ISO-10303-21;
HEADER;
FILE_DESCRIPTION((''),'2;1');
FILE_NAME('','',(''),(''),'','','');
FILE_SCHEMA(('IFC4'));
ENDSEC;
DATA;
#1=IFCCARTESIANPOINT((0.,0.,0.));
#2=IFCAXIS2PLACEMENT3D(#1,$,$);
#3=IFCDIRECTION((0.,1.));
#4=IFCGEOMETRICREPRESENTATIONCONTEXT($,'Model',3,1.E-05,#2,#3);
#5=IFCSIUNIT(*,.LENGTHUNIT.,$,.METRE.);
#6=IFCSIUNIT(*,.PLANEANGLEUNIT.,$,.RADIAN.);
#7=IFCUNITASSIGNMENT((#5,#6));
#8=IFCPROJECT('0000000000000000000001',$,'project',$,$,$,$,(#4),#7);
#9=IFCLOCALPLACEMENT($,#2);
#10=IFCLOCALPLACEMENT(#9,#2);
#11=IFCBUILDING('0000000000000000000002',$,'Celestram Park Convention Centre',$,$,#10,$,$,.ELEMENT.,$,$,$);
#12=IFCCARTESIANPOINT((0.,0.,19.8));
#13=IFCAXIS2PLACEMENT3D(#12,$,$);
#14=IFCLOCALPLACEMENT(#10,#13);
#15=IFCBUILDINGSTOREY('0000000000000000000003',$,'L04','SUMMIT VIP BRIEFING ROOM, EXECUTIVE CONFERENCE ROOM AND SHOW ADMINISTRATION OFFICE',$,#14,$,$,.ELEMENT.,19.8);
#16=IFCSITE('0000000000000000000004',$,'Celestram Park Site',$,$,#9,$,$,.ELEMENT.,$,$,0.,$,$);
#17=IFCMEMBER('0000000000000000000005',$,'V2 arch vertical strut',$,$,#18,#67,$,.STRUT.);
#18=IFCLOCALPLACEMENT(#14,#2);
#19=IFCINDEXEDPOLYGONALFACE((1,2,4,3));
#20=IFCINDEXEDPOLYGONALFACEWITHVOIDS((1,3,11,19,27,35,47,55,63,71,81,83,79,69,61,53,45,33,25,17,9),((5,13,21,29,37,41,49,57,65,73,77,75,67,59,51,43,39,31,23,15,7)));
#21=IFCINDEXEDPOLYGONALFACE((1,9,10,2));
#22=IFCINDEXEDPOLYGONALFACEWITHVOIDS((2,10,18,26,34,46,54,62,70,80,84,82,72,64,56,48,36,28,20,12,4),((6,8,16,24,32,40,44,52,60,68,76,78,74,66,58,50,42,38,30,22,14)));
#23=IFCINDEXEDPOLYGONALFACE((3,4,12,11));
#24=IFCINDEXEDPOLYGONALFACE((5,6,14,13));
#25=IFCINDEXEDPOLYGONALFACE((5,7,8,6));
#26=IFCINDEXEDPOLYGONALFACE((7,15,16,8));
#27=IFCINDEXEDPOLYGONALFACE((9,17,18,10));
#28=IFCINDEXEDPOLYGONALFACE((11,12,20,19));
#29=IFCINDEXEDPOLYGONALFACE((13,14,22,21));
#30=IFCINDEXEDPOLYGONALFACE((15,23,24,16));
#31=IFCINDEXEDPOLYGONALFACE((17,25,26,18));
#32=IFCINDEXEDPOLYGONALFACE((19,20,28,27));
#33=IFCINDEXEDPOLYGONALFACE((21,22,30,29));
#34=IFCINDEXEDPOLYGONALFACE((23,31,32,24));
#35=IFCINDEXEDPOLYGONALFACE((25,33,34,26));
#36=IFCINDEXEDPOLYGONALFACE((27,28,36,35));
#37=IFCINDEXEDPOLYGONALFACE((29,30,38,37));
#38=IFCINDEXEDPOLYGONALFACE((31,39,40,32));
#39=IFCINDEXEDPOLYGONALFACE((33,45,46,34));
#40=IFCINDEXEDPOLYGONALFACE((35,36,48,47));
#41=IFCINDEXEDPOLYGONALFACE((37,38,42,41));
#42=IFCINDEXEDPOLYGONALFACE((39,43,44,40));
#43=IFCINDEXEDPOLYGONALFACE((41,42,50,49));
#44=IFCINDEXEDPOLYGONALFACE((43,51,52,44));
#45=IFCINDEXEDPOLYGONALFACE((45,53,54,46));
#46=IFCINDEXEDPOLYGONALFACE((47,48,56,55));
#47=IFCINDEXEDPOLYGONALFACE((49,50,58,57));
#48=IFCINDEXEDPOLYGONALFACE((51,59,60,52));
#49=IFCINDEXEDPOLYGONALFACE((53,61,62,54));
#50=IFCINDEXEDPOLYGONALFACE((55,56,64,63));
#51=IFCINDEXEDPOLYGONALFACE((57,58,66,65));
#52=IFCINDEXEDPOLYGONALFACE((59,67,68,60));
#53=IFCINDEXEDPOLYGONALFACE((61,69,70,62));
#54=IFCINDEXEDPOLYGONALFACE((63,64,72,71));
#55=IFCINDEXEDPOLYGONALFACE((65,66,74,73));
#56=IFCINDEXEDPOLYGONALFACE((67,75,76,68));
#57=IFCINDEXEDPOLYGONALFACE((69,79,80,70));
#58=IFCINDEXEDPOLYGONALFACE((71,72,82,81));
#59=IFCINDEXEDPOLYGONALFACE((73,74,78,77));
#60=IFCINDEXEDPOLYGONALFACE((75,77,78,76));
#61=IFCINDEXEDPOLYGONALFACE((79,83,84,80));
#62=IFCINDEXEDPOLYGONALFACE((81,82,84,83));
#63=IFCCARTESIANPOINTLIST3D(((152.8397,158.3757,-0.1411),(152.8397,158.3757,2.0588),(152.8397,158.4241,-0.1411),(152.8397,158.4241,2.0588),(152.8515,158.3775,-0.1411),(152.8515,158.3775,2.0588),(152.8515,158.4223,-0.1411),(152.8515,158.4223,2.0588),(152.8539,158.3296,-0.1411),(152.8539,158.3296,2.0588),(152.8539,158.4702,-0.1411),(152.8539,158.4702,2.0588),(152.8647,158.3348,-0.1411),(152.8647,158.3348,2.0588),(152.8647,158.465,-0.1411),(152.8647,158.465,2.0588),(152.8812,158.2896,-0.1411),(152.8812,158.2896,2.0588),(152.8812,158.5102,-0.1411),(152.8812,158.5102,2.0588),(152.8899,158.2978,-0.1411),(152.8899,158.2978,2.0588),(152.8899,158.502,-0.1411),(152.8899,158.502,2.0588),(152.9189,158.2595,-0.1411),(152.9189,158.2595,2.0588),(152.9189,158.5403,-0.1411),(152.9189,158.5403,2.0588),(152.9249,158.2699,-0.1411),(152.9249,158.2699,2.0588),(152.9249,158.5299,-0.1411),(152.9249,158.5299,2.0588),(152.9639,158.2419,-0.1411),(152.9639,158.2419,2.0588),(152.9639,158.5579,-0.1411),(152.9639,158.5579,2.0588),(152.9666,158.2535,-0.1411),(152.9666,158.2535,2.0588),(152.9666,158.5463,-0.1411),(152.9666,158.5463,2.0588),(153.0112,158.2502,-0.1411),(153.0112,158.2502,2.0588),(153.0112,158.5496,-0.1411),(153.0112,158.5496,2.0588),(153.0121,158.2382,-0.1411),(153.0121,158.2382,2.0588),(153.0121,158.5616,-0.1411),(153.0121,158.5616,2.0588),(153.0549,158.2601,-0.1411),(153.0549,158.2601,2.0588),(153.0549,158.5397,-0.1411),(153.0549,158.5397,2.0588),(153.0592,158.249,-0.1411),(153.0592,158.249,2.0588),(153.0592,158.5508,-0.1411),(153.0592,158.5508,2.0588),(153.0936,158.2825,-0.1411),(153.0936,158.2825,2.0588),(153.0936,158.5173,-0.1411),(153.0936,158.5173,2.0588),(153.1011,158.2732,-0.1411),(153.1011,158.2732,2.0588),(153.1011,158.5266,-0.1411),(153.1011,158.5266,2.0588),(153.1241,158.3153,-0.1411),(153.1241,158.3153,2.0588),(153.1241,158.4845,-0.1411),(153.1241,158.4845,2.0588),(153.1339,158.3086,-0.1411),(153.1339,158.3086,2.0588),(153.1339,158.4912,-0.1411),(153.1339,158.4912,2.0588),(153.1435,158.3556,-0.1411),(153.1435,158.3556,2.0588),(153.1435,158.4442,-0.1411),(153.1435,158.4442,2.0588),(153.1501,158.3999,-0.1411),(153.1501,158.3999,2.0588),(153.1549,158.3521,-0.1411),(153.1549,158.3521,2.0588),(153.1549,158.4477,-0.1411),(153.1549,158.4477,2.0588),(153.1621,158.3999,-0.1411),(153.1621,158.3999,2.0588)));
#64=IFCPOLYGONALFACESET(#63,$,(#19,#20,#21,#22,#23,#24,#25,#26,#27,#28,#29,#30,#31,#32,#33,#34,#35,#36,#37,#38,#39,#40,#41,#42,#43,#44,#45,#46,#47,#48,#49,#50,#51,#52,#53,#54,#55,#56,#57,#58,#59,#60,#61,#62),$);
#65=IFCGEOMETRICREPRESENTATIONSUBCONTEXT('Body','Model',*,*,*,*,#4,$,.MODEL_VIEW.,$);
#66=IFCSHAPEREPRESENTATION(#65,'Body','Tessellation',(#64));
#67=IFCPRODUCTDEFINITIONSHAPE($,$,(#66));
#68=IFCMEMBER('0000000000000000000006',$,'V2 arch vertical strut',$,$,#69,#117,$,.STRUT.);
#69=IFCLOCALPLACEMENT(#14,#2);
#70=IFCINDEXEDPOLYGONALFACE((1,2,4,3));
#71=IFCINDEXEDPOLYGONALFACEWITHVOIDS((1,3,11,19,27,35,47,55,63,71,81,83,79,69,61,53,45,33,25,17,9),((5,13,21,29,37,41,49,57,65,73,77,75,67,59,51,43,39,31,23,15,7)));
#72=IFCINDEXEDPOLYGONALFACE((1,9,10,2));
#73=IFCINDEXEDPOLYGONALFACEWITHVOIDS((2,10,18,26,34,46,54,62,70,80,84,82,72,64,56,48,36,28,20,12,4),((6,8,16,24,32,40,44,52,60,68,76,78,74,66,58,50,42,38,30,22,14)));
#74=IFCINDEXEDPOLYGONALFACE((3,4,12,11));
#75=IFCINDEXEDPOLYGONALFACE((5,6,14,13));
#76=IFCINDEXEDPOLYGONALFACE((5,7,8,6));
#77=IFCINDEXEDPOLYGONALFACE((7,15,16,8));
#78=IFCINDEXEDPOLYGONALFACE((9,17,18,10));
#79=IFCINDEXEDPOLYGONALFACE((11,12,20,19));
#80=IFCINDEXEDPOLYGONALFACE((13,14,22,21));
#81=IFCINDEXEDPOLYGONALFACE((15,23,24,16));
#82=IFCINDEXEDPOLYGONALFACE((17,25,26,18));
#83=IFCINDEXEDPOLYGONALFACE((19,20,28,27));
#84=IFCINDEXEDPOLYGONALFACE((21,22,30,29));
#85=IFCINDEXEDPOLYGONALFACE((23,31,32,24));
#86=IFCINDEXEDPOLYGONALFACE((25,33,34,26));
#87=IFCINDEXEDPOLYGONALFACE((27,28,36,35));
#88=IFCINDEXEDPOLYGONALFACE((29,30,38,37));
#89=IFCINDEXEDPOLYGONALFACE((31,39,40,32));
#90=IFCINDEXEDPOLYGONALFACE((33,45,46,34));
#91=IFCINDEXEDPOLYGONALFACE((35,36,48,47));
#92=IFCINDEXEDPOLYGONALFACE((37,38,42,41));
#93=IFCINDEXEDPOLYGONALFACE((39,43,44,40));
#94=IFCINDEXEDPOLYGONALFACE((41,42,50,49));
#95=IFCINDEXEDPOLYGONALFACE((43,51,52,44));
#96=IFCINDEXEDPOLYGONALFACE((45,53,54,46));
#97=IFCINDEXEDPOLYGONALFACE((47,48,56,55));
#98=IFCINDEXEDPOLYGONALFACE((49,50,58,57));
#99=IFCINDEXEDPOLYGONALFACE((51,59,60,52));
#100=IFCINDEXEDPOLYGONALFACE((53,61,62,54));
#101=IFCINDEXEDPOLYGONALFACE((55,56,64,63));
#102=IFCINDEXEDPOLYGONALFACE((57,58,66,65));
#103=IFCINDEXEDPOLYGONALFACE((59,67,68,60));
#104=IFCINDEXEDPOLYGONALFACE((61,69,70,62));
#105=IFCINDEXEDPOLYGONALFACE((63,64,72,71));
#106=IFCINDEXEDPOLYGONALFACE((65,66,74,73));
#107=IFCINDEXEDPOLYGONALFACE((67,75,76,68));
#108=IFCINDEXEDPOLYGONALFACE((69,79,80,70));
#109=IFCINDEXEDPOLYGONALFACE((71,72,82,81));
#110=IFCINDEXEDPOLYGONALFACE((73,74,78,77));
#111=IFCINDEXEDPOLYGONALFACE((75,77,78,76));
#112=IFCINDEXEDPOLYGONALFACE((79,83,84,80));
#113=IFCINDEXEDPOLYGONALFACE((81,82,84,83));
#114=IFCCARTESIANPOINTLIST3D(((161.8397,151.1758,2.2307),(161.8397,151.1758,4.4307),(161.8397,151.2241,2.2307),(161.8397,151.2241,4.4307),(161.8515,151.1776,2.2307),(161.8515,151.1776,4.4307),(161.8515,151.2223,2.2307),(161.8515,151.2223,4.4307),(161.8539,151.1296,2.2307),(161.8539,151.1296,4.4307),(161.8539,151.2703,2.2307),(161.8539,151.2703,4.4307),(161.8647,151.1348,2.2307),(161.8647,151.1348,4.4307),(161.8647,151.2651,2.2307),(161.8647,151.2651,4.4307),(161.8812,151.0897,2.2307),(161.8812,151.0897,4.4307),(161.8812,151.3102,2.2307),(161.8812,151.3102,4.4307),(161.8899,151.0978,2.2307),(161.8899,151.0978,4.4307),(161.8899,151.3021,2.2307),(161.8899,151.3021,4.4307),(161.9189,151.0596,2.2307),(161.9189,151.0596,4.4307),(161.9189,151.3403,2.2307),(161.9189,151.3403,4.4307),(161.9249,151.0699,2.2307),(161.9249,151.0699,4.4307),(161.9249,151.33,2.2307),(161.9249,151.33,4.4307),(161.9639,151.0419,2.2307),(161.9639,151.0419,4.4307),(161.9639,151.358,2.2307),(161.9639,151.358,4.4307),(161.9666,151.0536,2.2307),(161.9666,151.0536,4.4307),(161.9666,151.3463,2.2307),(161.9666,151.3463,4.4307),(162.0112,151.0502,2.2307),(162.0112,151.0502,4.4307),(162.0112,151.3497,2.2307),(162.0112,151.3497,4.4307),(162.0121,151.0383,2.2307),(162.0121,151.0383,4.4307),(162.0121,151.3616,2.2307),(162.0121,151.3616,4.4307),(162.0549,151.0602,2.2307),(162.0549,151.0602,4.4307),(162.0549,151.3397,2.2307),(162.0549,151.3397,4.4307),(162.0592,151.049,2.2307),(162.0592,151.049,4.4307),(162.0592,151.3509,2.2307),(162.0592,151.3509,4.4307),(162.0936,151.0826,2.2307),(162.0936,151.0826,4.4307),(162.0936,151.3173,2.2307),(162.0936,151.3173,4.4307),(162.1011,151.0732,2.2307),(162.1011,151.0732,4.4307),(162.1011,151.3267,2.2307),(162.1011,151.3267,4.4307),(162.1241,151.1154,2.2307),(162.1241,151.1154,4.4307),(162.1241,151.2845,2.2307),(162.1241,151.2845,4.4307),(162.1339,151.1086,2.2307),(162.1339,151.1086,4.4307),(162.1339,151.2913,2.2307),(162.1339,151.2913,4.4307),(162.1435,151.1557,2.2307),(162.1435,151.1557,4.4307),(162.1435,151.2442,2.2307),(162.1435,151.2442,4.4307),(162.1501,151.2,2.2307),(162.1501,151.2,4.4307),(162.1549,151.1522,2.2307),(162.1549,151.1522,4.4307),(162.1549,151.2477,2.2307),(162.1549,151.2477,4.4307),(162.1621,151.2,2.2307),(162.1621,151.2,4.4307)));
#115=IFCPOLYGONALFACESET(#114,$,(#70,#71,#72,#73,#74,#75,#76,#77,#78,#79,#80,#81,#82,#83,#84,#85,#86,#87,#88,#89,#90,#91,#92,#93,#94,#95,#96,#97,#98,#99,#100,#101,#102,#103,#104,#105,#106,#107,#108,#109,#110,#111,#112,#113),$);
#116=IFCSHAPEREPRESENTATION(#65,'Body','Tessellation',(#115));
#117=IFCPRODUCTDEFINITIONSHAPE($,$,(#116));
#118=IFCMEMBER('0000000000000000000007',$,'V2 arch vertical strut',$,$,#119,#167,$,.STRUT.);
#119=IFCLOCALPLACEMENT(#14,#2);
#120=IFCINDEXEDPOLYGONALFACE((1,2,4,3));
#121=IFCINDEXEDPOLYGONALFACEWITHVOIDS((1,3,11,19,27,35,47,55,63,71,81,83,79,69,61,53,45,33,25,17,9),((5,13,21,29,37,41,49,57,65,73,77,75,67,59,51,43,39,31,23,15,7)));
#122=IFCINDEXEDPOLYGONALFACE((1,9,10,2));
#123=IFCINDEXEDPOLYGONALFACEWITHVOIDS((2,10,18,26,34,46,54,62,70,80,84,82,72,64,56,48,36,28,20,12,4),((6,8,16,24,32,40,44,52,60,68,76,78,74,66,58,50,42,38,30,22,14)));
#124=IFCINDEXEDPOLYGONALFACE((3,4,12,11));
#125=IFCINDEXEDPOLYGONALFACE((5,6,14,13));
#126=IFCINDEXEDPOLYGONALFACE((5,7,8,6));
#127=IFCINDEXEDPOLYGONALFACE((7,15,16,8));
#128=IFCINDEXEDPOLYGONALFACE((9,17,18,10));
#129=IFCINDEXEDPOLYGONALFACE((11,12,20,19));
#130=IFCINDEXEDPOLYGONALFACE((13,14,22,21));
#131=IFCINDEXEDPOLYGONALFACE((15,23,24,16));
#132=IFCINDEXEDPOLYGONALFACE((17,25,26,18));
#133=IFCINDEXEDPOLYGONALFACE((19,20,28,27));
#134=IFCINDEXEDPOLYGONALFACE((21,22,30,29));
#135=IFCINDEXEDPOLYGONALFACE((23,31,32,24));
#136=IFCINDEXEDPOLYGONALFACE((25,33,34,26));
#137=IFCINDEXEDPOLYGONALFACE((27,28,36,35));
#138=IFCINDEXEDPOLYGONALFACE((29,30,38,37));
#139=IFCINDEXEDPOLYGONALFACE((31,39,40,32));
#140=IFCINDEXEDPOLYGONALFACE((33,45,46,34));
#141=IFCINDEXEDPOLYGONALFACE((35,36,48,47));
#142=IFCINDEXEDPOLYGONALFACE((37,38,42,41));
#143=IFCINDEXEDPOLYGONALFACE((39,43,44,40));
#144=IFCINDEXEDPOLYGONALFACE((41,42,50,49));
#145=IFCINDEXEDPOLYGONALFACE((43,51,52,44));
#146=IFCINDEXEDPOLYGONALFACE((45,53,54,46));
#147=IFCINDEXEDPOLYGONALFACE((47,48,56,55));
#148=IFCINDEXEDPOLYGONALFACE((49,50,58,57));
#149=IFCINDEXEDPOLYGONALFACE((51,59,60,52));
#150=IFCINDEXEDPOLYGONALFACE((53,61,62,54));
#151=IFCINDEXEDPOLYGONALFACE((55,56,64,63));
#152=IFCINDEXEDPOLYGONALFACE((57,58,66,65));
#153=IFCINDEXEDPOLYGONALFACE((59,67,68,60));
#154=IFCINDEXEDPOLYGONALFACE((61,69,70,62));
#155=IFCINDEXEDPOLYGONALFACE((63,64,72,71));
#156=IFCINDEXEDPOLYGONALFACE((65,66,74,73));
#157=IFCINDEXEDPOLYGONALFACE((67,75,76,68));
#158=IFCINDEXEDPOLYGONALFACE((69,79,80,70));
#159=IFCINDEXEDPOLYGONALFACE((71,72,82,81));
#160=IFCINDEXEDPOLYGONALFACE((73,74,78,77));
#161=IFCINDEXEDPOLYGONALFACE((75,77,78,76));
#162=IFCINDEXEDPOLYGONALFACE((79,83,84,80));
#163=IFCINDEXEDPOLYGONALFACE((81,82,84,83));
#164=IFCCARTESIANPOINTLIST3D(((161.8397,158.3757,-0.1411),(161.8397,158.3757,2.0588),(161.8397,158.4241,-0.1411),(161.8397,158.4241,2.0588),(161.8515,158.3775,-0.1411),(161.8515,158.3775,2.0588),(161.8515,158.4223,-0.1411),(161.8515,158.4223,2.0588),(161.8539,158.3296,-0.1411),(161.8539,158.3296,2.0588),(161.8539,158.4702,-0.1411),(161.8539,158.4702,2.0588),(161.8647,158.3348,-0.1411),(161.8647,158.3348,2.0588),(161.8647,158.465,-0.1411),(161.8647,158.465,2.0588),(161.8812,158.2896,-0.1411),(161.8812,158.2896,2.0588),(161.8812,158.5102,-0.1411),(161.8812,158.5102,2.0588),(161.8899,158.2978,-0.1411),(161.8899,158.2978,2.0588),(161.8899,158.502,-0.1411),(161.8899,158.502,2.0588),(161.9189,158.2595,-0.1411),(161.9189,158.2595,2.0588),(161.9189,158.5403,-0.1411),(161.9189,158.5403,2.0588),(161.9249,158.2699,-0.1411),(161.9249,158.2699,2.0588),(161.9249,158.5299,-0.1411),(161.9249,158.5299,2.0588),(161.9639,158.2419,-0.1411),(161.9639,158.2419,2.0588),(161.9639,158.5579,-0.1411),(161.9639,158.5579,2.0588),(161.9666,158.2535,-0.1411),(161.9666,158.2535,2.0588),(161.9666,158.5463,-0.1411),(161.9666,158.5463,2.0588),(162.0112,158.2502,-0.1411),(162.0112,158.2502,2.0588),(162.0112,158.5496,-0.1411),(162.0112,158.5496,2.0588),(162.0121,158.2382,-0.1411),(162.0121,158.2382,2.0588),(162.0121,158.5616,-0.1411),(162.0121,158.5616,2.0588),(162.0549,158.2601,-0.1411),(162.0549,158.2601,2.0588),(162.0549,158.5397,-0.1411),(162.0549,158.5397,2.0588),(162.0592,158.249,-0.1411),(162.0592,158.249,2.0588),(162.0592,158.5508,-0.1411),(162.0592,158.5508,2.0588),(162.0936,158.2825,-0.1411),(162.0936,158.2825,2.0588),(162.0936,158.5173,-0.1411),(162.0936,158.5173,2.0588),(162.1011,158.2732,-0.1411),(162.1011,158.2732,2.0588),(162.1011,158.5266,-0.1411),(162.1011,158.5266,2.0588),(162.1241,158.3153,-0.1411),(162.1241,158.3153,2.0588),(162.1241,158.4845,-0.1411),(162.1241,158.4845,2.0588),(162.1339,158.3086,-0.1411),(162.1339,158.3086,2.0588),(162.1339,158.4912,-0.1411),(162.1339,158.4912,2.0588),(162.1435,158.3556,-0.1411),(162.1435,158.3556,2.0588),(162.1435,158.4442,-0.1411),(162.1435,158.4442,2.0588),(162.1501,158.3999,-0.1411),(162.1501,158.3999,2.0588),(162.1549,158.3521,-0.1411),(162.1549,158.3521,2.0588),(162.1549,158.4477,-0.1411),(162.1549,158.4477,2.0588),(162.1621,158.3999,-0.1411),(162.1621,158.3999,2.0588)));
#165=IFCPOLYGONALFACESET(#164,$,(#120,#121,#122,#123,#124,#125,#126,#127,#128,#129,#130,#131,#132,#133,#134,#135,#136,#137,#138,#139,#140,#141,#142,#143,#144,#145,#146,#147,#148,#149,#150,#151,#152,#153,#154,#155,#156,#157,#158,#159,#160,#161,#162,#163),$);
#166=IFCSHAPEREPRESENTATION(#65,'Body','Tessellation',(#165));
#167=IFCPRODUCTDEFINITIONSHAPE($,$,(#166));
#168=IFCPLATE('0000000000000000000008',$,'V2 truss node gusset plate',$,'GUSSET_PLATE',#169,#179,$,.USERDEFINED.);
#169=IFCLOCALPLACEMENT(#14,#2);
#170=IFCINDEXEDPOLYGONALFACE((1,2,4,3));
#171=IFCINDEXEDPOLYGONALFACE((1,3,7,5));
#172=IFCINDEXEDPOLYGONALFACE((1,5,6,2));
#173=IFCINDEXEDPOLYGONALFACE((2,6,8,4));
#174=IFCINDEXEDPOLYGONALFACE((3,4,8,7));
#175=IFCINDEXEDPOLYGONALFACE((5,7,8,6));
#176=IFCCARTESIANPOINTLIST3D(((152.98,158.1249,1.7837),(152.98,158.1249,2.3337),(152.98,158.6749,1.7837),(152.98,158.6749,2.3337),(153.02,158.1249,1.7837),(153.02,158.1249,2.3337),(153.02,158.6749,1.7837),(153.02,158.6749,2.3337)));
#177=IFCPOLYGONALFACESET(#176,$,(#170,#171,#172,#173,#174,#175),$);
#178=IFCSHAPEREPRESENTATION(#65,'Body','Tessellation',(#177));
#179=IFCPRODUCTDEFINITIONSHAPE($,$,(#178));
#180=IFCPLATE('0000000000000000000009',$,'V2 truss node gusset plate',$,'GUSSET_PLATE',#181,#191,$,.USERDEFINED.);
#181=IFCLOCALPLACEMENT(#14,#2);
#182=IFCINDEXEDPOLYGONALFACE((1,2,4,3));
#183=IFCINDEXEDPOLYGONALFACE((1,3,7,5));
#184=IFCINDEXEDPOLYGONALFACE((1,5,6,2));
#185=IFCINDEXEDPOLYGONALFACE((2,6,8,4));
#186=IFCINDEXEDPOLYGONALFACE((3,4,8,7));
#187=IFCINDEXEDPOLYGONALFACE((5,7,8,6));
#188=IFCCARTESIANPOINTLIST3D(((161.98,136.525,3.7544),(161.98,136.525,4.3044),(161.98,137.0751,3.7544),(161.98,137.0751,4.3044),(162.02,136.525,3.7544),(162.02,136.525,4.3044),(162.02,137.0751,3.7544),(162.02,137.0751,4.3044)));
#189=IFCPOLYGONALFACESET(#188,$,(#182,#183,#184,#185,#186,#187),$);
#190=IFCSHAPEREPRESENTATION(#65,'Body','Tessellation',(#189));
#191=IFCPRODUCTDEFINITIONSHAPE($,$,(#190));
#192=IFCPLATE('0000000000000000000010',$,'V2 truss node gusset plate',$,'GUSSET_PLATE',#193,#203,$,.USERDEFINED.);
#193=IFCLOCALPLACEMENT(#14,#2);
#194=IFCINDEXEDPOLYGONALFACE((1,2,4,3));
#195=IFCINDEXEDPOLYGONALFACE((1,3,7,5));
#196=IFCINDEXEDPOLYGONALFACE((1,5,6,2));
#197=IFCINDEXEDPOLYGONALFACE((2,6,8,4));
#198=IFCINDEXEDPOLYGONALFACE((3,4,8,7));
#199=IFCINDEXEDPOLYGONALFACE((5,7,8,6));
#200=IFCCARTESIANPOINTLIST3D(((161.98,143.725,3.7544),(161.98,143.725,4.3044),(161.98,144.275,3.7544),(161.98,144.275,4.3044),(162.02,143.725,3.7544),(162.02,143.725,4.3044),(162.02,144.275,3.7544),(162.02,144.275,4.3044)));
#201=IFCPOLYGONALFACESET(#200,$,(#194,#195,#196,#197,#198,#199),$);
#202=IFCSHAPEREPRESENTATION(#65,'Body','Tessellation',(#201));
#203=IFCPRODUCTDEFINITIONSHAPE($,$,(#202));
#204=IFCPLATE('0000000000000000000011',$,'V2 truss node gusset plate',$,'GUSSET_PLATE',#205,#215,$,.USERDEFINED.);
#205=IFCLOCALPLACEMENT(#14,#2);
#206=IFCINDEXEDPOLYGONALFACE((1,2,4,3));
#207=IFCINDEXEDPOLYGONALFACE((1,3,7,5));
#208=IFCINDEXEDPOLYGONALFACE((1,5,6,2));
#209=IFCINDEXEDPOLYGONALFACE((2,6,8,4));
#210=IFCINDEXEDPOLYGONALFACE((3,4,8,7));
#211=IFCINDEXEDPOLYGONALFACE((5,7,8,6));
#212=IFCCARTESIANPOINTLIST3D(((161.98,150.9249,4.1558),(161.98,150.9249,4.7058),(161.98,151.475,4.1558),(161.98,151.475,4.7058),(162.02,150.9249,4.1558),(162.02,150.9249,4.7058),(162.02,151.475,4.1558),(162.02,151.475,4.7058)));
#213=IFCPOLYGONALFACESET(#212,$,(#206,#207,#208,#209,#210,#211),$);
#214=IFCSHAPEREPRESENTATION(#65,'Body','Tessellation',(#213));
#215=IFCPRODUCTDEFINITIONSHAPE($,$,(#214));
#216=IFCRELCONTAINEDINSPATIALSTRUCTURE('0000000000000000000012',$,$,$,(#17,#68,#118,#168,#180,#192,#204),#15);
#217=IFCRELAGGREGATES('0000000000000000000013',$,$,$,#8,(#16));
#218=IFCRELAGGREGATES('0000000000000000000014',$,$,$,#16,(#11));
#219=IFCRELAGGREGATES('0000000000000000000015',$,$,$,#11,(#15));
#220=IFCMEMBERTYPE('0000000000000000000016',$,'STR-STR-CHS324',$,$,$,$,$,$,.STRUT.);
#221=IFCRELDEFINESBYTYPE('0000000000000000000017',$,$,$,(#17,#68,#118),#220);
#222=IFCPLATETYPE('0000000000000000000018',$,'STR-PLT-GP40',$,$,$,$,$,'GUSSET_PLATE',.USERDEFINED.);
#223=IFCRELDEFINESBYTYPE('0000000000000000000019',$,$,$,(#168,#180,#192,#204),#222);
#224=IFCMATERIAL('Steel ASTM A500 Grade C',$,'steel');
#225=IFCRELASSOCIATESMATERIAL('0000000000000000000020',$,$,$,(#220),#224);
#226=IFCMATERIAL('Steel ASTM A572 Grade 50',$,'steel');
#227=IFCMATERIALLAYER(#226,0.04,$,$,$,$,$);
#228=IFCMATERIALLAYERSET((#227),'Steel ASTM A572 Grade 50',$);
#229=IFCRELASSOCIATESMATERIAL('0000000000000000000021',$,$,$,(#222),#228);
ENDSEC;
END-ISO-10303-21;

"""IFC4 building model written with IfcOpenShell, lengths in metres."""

from ifc_helpers import new_model, si_unit, direction, frame, origin, origin_2d, place, context, subcontext, project, spatial, rectangle, hollow_circle, extrude, material, layer, layer_set, material_profile, profile_set, type_object, element, save


model = new_model("IFC4")

# Units and contexts
model_context = context("Model", 3, precision=1e-05, world=origin(), true_north=direction((0.0, 1.0)))
body_context = subcontext(model_context, "Body", "Model", "MODEL_VIEW")
ifc_project = project(units=[si_unit("LENGTHUNIT", "METRE"), si_unit("PLANEANGLEUNIT", "RADIAN")], contexts=[model_context])

# Site, building, storey
site_placement = place(None, origin())
site = spatial("IfcSite", under=ifc_project, at=site_placement, Name="Celestram Park Site", CompositionType="ELEMENT", RefElevation=0.0)
building_placement = place(site_placement, origin())
building = spatial("IfcBuilding", under=site, at=building_placement, Name="Celestram Park Convention Centre", CompositionType="ELEMENT")
storey_placement = place(building_placement, frame((0.0, 0.0, 19.8)))
storey = spatial("IfcBuildingStorey", under=building, at=storey_placement, Name="L04", Description="SUMMIT VIP BRIEFING ROOM, EXECUTIVE CONFERENCE ROOM AND SHOW ADMINISTRATION OFFICE", CompositionType="ELEMENT", Elevation=19.8)

# Shared definitions
ifc_material_1 = material(Name="Steel ASTM A500 Grade C", Category="steel")

# Members
ifc_material_profile_1 = material_profile(ifc_material_1, hollow_circle(Radius=0.1621, WallThickness=0.012, at=origin_2d()), Name="CHS324X12")
ifc_profile_set_1 = profile_set([ifc_material_profile_1], Name="Steel ASTM A500 Grade C")
member_type_1 = type_object("IfcMemberType", Name="STR-STR-CHS324", PredefinedType="STRUT", material=ifc_profile_set_1)
for number, where, z_axis, x_axis, name in (
    (1, (153.0, 158.3999, -0.1411), (0.0, 0.0, 1.0), (1.0, 0.0, 0.0), "V2 arch vertical strut"),
    (2, (162.0, 151.2, 2.2307), (0.0, 0.0, 1.0), (1.0, 0.0, 0.0), "V2 arch vertical strut"),
    (3, (162.0, 158.3999, -0.1411), (0.0, 0.0, 1.0), (1.0, 0.0, 0.0), "V2 arch vertical strut"),
):
    element("IfcMember", number, at=place(storey_placement, frame(where, z_axis=z_axis, x_axis=x_axis)), inside=storey, type_object=member_type_1, Name=name, PredefinedType="STRUT", context=body_context, shape_type="SweptSolid", body=[
        extrude(hollow_circle(Radius=0.1621, WallThickness=0.012, at=origin_2d()), origin(), (0.0, 0.0, 1.0), 2.2),
    ])

# Plates
ifc_material_2 = material(Name="Steel ASTM A572 Grade 50", Category="steel")
ifc_layer_1 = layer(ifc_material_2, 0.04)
ifc_layer_set_1 = layer_set([ifc_layer_1], Name="Steel ASTM A572 Grade 50")
plate_type = type_object("IfcPlateType", Name="STR-PLT-GP40", ElementType="GUSSET_PLATE", PredefinedType="USERDEFINED", material=ifc_layer_set_1)
for number, where, z_axis, x_axis, name in (
    (4, (153.0, 158.3999, 1.7837), (0.0, 0.0, 1.0), (0.0, 1.0, 0.0), "V2 truss node gusset plate"),
    (5, (162.0, 136.8, 3.7544), (0.0, 0.0, 1.0), (0.0, 1.0, 0.0), "V2 truss node gusset plate"),
    (6, (162.0, 144.0, 3.7544), (0.0, 0.0, 1.0), (0.0, 1.0, 0.0), "V2 truss node gusset plate"),
    (7, (162.0, 151.2, 4.1558), (0.0, 0.0, 1.0), (0.0, 1.0, 0.0), "V2 truss node gusset plate"),
):
    element("IfcPlate", number, at=place(storey_placement, frame(where, z_axis=z_axis, x_axis=x_axis)), inside=storey, type_object=plate_type, Name=name, ObjectType="GUSSET_PLATE", PredefinedType="USERDEFINED", context=body_context, shape_type="SweptSolid", body=[
        extrude(rectangle(XDim=0.55, YDim=0.04, at=origin_2d()), origin(), (0.0, 0.0, 1.0), 0.55),
    ])

save(model, "model.ifc")
